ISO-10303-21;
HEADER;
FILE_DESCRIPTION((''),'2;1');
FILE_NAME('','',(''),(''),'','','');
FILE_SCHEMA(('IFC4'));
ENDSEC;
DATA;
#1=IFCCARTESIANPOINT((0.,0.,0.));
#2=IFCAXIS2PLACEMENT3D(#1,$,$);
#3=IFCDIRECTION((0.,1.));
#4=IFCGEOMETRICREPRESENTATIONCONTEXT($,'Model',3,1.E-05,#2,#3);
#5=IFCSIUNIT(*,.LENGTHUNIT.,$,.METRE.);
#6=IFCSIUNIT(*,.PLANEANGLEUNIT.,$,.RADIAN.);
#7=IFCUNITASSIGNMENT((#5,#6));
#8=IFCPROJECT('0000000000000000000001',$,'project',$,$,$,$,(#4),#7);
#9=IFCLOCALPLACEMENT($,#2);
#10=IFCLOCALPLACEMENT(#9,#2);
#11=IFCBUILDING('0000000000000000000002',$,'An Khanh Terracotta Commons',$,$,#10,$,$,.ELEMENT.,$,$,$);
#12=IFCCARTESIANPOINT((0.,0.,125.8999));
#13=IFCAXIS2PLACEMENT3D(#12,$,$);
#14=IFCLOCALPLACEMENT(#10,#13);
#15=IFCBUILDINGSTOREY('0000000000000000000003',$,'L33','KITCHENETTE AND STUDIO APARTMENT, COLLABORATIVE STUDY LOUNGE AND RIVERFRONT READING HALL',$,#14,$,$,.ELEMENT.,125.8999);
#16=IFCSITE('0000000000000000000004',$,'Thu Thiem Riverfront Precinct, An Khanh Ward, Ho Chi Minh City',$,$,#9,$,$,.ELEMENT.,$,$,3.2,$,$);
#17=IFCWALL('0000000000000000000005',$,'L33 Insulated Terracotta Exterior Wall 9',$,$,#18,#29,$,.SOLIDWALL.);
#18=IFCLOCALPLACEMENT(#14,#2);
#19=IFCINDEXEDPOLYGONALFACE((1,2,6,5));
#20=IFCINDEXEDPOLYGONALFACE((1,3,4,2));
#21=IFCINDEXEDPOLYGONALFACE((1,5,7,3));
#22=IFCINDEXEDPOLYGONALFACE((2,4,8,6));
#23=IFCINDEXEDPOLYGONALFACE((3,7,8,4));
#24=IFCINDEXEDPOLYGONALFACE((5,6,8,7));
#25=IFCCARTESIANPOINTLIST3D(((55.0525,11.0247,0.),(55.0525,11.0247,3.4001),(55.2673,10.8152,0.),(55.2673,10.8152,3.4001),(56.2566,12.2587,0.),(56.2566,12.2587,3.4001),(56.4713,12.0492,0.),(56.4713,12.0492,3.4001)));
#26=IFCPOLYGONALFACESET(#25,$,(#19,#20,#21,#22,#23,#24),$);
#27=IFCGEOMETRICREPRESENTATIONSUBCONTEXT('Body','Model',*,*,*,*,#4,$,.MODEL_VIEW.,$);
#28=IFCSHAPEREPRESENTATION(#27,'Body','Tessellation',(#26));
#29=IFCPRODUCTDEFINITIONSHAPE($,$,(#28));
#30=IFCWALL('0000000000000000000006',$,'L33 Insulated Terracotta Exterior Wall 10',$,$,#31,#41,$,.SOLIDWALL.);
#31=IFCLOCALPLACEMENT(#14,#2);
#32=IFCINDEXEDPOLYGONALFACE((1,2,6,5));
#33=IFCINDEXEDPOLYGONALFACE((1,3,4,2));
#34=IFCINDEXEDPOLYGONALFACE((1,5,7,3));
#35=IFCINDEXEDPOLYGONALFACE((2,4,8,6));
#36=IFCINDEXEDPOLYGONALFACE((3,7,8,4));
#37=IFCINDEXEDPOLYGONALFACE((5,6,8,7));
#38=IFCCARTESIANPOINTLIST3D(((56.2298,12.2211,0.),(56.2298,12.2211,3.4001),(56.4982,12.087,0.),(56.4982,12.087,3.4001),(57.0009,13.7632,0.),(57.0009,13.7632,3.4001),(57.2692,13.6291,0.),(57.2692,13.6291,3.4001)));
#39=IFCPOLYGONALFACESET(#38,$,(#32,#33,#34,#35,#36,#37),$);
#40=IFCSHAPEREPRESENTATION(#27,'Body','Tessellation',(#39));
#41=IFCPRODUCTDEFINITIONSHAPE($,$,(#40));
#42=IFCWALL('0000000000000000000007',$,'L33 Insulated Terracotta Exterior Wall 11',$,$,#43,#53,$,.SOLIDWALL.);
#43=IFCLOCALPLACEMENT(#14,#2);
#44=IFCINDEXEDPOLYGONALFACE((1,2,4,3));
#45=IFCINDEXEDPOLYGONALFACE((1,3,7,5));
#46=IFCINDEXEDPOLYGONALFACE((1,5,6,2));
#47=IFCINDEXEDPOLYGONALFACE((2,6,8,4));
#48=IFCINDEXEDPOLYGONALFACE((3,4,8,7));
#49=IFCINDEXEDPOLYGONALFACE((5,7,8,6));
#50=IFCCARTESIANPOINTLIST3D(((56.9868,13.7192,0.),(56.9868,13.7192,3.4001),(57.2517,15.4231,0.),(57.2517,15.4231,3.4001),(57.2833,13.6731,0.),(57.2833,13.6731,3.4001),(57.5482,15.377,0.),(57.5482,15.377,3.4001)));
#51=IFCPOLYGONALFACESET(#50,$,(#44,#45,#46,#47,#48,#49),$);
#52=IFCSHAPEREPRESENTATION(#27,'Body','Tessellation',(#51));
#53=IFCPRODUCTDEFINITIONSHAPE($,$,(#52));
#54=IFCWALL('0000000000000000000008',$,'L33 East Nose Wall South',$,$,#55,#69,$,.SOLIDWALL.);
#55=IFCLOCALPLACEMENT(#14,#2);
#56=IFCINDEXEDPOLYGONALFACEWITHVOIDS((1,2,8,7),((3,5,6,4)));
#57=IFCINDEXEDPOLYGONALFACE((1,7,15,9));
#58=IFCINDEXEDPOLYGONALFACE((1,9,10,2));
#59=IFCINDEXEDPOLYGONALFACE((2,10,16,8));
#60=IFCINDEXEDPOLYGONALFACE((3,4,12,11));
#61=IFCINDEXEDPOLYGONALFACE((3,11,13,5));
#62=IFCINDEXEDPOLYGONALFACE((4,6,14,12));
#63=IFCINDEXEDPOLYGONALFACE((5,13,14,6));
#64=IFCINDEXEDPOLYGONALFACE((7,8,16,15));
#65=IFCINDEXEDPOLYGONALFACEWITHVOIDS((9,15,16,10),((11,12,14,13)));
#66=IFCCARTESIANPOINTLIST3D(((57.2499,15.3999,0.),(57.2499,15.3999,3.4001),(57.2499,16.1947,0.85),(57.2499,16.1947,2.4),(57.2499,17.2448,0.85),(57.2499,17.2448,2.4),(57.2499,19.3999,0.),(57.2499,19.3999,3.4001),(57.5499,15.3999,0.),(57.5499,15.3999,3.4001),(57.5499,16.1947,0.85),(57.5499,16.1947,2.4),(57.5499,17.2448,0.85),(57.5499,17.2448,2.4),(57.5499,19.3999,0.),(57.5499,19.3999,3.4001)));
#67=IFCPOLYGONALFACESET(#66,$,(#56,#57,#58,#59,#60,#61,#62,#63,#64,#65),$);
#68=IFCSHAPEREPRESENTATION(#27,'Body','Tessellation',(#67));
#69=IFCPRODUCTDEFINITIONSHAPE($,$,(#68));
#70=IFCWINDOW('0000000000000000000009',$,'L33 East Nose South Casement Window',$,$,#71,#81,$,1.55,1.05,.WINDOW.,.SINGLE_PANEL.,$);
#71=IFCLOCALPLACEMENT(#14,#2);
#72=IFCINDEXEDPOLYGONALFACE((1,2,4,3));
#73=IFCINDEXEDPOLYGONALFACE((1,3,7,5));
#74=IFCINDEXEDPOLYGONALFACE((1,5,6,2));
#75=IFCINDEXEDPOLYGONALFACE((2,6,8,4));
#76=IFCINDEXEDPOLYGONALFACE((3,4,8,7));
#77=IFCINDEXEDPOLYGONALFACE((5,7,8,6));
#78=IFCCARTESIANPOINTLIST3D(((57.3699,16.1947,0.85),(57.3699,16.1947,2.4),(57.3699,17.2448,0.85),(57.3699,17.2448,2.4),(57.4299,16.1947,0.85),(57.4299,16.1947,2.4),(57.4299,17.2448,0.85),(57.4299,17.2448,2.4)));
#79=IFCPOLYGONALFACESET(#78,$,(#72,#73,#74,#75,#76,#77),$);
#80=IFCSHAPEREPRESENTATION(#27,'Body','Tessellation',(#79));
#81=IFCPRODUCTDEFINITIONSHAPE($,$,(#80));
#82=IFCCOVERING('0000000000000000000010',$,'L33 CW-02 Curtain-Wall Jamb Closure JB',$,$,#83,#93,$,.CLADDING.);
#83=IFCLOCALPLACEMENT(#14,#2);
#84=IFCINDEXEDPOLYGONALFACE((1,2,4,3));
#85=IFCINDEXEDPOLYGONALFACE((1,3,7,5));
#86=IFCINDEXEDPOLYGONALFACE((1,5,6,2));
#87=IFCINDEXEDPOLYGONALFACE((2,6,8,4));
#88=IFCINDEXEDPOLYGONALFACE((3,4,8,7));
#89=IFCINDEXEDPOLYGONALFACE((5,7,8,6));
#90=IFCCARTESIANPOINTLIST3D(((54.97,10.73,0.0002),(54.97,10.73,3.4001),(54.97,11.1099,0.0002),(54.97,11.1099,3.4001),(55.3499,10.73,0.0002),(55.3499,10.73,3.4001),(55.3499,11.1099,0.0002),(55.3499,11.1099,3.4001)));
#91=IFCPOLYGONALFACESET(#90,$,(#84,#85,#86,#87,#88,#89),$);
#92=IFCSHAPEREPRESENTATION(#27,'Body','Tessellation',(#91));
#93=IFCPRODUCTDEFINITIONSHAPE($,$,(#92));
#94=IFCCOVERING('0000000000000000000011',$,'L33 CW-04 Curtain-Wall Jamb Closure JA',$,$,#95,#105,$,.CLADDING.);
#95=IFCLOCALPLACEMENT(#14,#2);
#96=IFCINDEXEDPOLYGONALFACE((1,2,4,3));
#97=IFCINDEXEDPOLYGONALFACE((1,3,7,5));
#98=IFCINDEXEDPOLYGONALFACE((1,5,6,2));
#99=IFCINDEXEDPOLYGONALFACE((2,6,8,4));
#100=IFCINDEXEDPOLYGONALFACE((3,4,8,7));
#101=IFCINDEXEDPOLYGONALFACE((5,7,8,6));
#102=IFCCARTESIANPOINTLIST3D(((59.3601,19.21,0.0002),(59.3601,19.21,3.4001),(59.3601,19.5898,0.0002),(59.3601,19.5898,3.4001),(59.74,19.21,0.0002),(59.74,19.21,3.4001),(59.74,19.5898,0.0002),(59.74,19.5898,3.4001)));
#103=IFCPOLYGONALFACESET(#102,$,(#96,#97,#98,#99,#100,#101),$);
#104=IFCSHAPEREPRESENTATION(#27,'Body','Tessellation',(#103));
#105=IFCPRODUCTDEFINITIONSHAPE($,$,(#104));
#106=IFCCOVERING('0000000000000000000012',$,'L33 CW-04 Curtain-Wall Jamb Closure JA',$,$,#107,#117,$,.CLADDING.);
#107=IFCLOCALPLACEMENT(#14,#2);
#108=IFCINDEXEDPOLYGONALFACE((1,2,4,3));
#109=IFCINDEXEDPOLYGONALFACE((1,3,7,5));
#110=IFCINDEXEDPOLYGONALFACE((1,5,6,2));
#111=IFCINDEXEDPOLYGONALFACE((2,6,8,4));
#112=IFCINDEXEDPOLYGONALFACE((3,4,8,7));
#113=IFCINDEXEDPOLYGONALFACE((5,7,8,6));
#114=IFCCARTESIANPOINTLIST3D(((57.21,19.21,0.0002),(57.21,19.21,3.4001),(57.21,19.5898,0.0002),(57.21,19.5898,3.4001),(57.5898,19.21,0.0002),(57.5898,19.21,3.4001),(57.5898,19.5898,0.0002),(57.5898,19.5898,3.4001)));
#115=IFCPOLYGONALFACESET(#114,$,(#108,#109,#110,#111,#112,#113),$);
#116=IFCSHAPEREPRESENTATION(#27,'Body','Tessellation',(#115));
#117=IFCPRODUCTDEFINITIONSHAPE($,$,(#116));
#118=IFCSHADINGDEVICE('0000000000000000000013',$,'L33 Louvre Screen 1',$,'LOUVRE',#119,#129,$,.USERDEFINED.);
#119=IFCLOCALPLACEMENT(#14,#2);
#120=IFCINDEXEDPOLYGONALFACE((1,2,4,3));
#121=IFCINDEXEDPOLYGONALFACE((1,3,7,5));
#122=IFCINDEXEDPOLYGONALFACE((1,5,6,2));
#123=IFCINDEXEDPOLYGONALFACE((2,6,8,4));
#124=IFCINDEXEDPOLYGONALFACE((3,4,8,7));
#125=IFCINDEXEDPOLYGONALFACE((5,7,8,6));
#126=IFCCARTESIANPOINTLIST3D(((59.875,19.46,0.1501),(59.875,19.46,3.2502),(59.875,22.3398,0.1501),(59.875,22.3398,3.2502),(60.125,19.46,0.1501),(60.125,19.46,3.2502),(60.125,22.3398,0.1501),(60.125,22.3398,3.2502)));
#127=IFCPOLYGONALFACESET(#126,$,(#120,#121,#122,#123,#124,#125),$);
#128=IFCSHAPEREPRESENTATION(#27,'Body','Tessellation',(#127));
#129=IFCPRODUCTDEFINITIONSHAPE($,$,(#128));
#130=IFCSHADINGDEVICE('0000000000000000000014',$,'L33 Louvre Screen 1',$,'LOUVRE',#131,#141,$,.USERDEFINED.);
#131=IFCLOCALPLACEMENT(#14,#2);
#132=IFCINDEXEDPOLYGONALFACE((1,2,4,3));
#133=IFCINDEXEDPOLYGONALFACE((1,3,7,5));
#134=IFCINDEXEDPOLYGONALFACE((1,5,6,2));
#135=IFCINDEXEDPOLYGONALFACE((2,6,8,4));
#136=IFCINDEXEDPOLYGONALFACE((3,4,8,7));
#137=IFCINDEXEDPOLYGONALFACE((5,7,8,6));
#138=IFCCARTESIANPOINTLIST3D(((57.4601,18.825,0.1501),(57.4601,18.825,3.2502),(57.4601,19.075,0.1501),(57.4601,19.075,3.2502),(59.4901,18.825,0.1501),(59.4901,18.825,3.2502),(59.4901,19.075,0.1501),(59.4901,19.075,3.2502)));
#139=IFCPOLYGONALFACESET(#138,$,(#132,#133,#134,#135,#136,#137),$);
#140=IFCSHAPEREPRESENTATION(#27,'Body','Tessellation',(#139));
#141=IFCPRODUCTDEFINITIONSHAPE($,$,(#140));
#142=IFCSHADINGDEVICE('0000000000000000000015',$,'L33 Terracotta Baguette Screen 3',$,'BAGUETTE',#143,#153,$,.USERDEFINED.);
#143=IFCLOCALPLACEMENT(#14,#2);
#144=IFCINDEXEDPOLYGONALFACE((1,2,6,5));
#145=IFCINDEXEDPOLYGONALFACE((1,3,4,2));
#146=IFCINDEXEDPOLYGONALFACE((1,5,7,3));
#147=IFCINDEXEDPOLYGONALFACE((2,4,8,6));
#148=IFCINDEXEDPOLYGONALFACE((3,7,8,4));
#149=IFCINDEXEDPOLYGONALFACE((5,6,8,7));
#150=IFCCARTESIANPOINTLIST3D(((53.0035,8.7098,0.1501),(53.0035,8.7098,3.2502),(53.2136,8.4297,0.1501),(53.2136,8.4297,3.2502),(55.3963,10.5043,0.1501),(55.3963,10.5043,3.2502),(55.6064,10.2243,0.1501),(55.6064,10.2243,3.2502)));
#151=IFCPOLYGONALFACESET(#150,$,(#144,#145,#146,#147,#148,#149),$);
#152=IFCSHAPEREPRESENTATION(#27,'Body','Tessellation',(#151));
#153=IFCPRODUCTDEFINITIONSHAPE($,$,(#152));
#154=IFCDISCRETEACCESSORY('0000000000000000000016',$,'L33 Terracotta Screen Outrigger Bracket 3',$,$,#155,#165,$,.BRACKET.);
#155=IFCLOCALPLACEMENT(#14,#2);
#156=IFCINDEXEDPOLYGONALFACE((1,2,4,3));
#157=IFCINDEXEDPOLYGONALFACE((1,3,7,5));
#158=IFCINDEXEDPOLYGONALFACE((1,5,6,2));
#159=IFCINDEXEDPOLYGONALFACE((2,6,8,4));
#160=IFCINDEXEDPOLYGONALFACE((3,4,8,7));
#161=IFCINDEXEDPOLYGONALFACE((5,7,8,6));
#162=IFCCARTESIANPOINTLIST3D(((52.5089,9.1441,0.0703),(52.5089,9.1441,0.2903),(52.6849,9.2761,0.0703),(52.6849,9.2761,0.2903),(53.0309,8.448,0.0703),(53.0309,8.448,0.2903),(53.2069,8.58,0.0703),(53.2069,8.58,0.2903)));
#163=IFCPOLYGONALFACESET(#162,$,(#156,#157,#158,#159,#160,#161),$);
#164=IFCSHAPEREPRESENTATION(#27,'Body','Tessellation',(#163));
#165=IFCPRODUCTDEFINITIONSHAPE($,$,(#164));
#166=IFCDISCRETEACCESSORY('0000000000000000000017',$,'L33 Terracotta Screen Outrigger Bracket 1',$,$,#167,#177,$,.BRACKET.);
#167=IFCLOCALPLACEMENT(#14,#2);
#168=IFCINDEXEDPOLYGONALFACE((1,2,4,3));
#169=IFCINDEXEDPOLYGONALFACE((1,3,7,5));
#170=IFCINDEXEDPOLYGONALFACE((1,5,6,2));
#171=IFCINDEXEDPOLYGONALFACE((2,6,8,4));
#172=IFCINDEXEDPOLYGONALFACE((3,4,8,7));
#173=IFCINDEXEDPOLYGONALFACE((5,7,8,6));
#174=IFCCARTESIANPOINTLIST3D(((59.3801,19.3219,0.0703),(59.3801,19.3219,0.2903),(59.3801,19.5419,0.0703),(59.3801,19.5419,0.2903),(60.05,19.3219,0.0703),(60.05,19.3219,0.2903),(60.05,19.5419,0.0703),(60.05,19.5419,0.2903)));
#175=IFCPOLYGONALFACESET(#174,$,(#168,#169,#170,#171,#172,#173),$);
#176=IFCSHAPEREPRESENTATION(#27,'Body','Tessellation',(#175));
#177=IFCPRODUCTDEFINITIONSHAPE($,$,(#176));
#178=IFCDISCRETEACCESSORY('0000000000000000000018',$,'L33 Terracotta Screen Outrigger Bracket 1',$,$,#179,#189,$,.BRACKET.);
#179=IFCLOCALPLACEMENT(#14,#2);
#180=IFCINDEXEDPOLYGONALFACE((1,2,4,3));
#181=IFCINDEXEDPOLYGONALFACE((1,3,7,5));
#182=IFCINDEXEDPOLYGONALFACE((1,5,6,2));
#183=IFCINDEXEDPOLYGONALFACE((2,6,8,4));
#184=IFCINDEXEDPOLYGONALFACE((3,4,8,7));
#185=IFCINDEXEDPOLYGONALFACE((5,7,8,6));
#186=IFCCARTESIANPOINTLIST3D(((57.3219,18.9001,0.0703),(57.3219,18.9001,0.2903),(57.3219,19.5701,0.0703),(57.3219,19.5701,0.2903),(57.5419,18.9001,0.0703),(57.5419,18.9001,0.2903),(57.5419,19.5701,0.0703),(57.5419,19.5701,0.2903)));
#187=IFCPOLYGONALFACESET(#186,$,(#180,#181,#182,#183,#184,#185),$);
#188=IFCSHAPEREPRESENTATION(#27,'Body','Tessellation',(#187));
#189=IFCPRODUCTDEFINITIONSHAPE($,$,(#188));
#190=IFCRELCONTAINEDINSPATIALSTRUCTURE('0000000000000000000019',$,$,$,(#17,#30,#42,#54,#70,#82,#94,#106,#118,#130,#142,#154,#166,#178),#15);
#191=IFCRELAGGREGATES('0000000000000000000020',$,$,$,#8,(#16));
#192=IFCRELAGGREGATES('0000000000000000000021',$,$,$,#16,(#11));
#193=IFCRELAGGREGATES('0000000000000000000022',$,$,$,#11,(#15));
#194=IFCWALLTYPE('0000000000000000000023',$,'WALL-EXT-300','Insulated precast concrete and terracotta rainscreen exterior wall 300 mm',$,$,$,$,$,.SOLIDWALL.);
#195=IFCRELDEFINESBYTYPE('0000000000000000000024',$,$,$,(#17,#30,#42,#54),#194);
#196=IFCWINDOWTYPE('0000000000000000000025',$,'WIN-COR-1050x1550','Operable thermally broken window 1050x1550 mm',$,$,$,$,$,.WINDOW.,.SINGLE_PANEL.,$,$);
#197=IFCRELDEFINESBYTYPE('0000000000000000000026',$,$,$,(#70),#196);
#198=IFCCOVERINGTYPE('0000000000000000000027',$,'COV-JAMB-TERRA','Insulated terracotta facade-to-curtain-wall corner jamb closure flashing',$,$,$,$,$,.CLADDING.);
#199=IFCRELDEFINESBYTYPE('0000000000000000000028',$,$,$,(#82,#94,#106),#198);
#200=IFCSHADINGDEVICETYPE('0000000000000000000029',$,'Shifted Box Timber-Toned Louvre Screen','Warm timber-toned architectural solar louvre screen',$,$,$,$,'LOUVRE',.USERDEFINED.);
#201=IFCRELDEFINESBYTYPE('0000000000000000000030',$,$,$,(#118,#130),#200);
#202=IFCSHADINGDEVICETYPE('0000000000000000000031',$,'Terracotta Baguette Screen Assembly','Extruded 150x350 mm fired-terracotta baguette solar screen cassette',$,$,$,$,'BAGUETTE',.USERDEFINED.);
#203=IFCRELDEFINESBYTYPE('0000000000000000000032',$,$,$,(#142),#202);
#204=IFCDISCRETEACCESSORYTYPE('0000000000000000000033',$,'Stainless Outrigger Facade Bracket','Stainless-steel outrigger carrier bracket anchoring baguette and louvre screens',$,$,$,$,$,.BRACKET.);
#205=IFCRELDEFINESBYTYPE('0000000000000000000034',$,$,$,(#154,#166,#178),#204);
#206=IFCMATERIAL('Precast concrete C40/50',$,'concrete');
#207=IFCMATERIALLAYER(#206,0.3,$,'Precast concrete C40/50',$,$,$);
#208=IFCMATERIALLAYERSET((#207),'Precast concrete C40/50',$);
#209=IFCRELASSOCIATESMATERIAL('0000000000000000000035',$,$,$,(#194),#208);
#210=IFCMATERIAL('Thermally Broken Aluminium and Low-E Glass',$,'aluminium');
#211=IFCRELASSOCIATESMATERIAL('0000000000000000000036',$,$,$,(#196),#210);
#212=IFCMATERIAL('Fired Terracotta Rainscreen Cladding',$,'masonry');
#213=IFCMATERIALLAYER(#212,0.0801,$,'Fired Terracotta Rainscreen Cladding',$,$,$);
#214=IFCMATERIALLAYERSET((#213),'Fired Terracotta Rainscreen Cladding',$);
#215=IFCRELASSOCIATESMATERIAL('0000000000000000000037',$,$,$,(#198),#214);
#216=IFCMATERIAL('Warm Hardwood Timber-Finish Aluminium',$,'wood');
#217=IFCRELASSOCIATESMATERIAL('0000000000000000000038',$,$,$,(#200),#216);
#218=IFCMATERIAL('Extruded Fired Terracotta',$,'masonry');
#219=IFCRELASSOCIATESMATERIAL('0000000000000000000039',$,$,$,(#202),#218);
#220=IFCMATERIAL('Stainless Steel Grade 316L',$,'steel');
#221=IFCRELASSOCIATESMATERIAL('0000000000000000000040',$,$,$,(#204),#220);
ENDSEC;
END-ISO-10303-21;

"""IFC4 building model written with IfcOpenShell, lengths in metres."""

from ifc_helpers import new_model, si_unit, direction, frame, frame_2d, origin, origin_2d, place, context, subcontext, project, spatial, rectangle, extrude, material, layer, layer_set, type_object, element, fill, save


model = new_model("IFC4")

# Units and contexts
model_context = context("Model", 3, precision=1e-05, world=origin(), true_north=direction((0.0, 1.0)))
body_context = subcontext(model_context, "Body", "Model", "MODEL_VIEW")
ifc_project = project(units=[si_unit("LENGTHUNIT", "METRE"), si_unit("PLANEANGLEUNIT", "RADIAN")], contexts=[model_context])

# Site, building, storey
site_placement = place(None, origin())
site = spatial("IfcSite", under=ifc_project, at=site_placement, Name="Thu Thiem Riverfront Precinct, An Khanh Ward, Ho Chi Minh City", CompositionType="ELEMENT", RefElevation=3.2)
building_placement = place(site_placement, origin())
building = spatial("IfcBuilding", under=site, at=building_placement, Name="An Khanh Terracotta Commons", CompositionType="ELEMENT")
storey_placement = place(building_placement, frame((0.0, 0.0, 125.8999)))
storey = spatial("IfcBuildingStorey", under=building, at=storey_placement, Name="L33", Description="KITCHENETTE AND STUDIO APARTMENT, COLLABORATIVE STUDY LOUNGE AND RIVERFRONT READING HALL", CompositionType="ELEMENT", Elevation=125.8999)

# Walls
ifc_material_1 = material(Name="Precast concrete C40/50", Category="concrete")
ifc_layer_1 = layer(ifc_material_1, 0.3, Name="Precast concrete C40/50")
ifc_layer_set_1 = layer_set([ifc_layer_1], Name="Precast concrete C40/50")
wall_type = type_object("IfcWallType", Name="WALL-EXT-300", Description="Insulated precast concrete and terracotta rainscreen exterior wall 300 mm", PredefinedType="SOLIDWALL", material=ifc_layer_set_1)
for number, where, z_axis, x_axis, name in (
    (1, (55.1599, 10.9199, 0.0), (0.0, 0.0, 1.0), (0.698345, 0.715761, 0.0), "L33 Insulated Terracotta Exterior Wall 9"),
    (2, (56.364, 12.1541, 0.0), (0.0, 0.0, 1.0), (0.447214, 0.894427, 0.0), "L33 Insulated Terracotta Exterior Wall 10"),
):
    element("IfcWall", number, at=place(storey_placement, frame(where, z_axis=z_axis, x_axis=x_axis)), inside=storey, type_object=wall_type, Name=name, PredefinedType="SOLIDWALL", context=body_context, shape_type="SweptSolid", body=[
        extrude(rectangle(XDim=1.7241, YDim=0.3, at=frame_2d((0.8621, 0.0))), origin(), (0.0, 0.0, 1.0), 3.4001),
    ])
wall_1_placement = place(storey_placement, frame((57.135, 13.696, 0.0), z_axis=(0.0, 0.0, 1.0), x_axis=(0.153621, 0.98813, 0.0)))
element("IfcWall", 3, at=wall_1_placement, inside=storey, type_object=wall_type, Name="L33 Insulated Terracotta Exterior Wall 11", PredefinedType="SOLIDWALL", context=body_context, shape_type="SweptSolid", body=[
    extrude(rectangle(XDim=1.7244, YDim=0.3, at=frame_2d((0.8623, 0.0))), origin(), (0.0, 0.0, 1.0), 3.4001),
])

# Wall, opening, window
wall_2_placement = place(storey_placement, frame((57.3999, 15.3999, 0.0), z_axis=(0.0, 0.0, 1.0), x_axis=(0.0, 1.0, 0.0)))
wall_2 = element("IfcWall", 4, at=wall_2_placement, inside=storey, type_object=wall_type, Name="L33 East Nose Wall South", PredefinedType="SOLIDWALL", context=body_context, shape_type="SweptSolid", body=[
    extrude(rectangle(XDim=4.0, YDim=0.3, at=frame_2d((2.0, 0.0))), origin(), (0.0, 0.0, 1.0), 3.4001),
])
opening_placement = place(wall_2_placement, frame((0.7949, 0.0, 0.8501)))
opening = element("IfcOpeningElement", 5, at=opening_placement, cuts=wall_2, PredefinedType="OPENING", context=body_context, shape_type="SweptSolid", body=[
    extrude(rectangle(XDim=1.05, YDim=1.55, at=frame_2d((0.5249, 0.7749))), frame((0.0, 0.1599, 0.0), z_axis=(0.0, -1.0, 0.0), x_axis=(1.0, 0.0, 0.0)), (0.0, 0.0, 1.0), 0.3201),
])
ifc_material_2 = material(Name="Thermally Broken Aluminium and Low-E Glass", Category="aluminium")
window_type = type_object("IfcWindowType", Name="WIN-COR-1050x1550", Description="Operable thermally broken window 1050x1550 mm", PartitioningType="SINGLE_PANEL", PredefinedType="WINDOW", material=ifc_material_2)
window_placement = place(opening_placement, origin())
window = element("IfcWindow", 6, at=window_placement, inside=storey, type_object=window_type, Name="L33 East Nose South Casement Window", OverallHeight=1.55, OverallWidth=1.05, PartitioningType="SINGLE_PANEL", PredefinedType="WINDOW", context=body_context, shape_type="SweptSolid", body=[
    extrude(rectangle(XDim=1.05, YDim=1.55, at=frame_2d((0.5249, 0.7749))), frame((0.0, 0.03, 0.0), z_axis=(0.0, -1.0, 0.0), x_axis=(1.0, 0.0, 0.0)), (0.0, 0.0, 1.0), 0.0601),
])
fill(opening, window)

# Coverings
ifc_material_3 = material(Name="Fired Terracotta Rainscreen Cladding", Category="masonry")
ifc_layer_2 = layer(ifc_material_3, 0.0801, Name="Fired Terracotta Rainscreen Cladding")
ifc_layer_set_2 = layer_set([ifc_layer_2], Name="Fired Terracotta Rainscreen Cladding")
covering_type = type_object("IfcCoveringType", Name="COV-JAMB-TERRA", Description="Insulated terracotta facade-to-curtain-wall corner jamb closure flashing", PredefinedType="CLADDING", material=ifc_layer_set_2)
for number, where, z_axis, x_axis, name in (
    (7, (55.1599, 10.9199, 0.0002), (0.0, 0.0, 1.0), (1.0, 0.0, 0.0), "L33 CW-02 Curtain-Wall Jamb Closure JB"),
    (8, (59.55, 19.3999, 0.0002), (0.0, 0.0, 1.0), (1.0, 0.0, 0.0), "L33 CW-04 Curtain-Wall Jamb Closure JA"),
    (9, (57.3999, 19.3999, 0.0002), (0.0, 0.0, 1.0), (1.0, 0.0, 0.0), "L33 CW-04 Curtain-Wall Jamb Closure JA"),
):
    element("IfcCovering", number, at=place(storey_placement, frame(where, z_axis=z_axis, x_axis=x_axis)), inside=storey, type_object=covering_type, Name=name, PredefinedType="CLADDING", context=body_context, shape_type="SweptSolid", body=[
        extrude(rectangle(XDim=0.3799, YDim=0.3799, at=origin_2d()), origin(), (0.0, 0.0, 1.0), 3.3999),
    ])

# Shading devices
ifc_material_4 = material(Name="Warm Hardwood Timber-Finish Aluminium", Category="wood")
shading_device_type_1 = type_object("IfcShadingDeviceType", Name="Shifted Box Timber-Toned Louvre Screen", Description="Warm timber-toned architectural solar louvre screen", ElementType="LOUVRE", PredefinedType="USERDEFINED", material=ifc_material_4)
shading_device_1_placement = place(storey_placement, frame((60.0, 20.8999, 0.1501), z_axis=(0.0, 0.0, 1.0), x_axis=(0.0, 1.0, 0.0)))
element("IfcShadingDevice", 10, at=shading_device_1_placement, inside=storey, type_object=shading_device_type_1, Name="L33 Louvre Screen 1", ObjectType="LOUVRE", PredefinedType="USERDEFINED", context=body_context, shape_type="SweptSolid", body=[
    extrude(rectangle(XDim=2.8799, YDim=0.25, at=origin_2d()), origin(), (0.0, 0.0, 1.0), 3.1001),
])
shading_device_2_placement = place(storey_placement, frame((58.4751, 18.95, 0.1501), z_axis=(0.0, 0.0, 1.0), x_axis=(1.0, 0.0, 0.0)))
element("IfcShadingDevice", 11, at=shading_device_2_placement, inside=storey, type_object=shading_device_type_1, Name="L33 Louvre Screen 1", ObjectType="LOUVRE", PredefinedType="USERDEFINED", context=body_context, shape_type="SweptSolid", body=[
    extrude(rectangle(XDim=2.03, YDim=0.25, at=origin_2d()), origin(), (0.0, 0.0, 1.0), 3.1001),
])
ifc_material_5 = material(Name="Extruded Fired Terracotta", Category="masonry")
shading_device_type_2 = type_object("IfcShadingDeviceType", Name="Terracotta Baguette Screen Assembly", Description="Extruded 150x350 mm fired-terracotta baguette solar screen cassette", ElementType="BAGUETTE", PredefinedType="USERDEFINED", material=ifc_material_5)
shading_device_3_placement = place(storey_placement, frame((54.3049, 9.467, 0.1501), z_axis=(0.0, 0.0, 1.0), x_axis=(0.800013, 0.599983, 0.0)))
element("IfcShadingDevice", 12, at=shading_device_3_placement, inside=storey, type_object=shading_device_type_2, Name="L33 Terracotta Baguette Screen 3", ObjectType="BAGUETTE", PredefinedType="USERDEFINED", context=body_context, shape_type="SweptSolid", body=[
    extrude(rectangle(XDim=2.991, YDim=0.3501, at=origin_2d()), origin(), (0.0, 0.0, 1.0), 3.1001),
])

# Discrete accessories
ifc_material_6 = material(Name="Stainless Steel Grade 316L", Category="steel")
discrete_accessory_type = type_object("IfcDiscreteAccessoryType", Name="Stainless Outrigger Facade Bracket", Description="Stainless-steel outrigger carrier bracket anchoring baguette and louvre screens", PredefinedType="BRACKET", material=ifc_material_6)
discrete_accessory_placement = place(storey_placement, frame((52.8579, 8.8621, 0.0703), z_axis=(0.0, 0.0, 1.0), x_axis=(0.800013, 0.599983, 0.0)))
element("IfcDiscreteAccessory", 13, at=discrete_accessory_placement, inside=storey, type_object=discrete_accessory_type, Name="L33 Terracotta Screen Outrigger Bracket 3", PredefinedType="BRACKET", context=body_context, shape_type="SweptSolid", body=[
    extrude(rectangle(XDim=0.22, YDim=0.8701, at=origin_2d()), origin(), (0.0, 0.0, 1.0), 0.22),
])
for number, where, z_axis, x_axis, name in (
    (14, (59.7151, 19.4319, 0.0703), (0.0, 0.0, 1.0), (0.0, 1.0, 0.0), "L33 Terracotta Screen Outrigger Bracket 1"),
    (15, (57.4319, 19.2351, 0.0703), (0.0, 0.0, 1.0), (1.0, 0.0, 0.0), "L33 Terracotta Screen Outrigger Bracket 1"),
):
    element("IfcDiscreteAccessory", number, at=place(storey_placement, frame(where, z_axis=z_axis, x_axis=x_axis)), inside=storey, type_object=discrete_accessory_type, Name=name, PredefinedType="BRACKET", context=body_context, shape_type="SweptSolid", body=[
        extrude(rectangle(XDim=0.22, YDim=0.6699, at=origin_2d()), origin(), (0.0, 0.0, 1.0), 0.22),
    ])

save(model, "model.ifc")
